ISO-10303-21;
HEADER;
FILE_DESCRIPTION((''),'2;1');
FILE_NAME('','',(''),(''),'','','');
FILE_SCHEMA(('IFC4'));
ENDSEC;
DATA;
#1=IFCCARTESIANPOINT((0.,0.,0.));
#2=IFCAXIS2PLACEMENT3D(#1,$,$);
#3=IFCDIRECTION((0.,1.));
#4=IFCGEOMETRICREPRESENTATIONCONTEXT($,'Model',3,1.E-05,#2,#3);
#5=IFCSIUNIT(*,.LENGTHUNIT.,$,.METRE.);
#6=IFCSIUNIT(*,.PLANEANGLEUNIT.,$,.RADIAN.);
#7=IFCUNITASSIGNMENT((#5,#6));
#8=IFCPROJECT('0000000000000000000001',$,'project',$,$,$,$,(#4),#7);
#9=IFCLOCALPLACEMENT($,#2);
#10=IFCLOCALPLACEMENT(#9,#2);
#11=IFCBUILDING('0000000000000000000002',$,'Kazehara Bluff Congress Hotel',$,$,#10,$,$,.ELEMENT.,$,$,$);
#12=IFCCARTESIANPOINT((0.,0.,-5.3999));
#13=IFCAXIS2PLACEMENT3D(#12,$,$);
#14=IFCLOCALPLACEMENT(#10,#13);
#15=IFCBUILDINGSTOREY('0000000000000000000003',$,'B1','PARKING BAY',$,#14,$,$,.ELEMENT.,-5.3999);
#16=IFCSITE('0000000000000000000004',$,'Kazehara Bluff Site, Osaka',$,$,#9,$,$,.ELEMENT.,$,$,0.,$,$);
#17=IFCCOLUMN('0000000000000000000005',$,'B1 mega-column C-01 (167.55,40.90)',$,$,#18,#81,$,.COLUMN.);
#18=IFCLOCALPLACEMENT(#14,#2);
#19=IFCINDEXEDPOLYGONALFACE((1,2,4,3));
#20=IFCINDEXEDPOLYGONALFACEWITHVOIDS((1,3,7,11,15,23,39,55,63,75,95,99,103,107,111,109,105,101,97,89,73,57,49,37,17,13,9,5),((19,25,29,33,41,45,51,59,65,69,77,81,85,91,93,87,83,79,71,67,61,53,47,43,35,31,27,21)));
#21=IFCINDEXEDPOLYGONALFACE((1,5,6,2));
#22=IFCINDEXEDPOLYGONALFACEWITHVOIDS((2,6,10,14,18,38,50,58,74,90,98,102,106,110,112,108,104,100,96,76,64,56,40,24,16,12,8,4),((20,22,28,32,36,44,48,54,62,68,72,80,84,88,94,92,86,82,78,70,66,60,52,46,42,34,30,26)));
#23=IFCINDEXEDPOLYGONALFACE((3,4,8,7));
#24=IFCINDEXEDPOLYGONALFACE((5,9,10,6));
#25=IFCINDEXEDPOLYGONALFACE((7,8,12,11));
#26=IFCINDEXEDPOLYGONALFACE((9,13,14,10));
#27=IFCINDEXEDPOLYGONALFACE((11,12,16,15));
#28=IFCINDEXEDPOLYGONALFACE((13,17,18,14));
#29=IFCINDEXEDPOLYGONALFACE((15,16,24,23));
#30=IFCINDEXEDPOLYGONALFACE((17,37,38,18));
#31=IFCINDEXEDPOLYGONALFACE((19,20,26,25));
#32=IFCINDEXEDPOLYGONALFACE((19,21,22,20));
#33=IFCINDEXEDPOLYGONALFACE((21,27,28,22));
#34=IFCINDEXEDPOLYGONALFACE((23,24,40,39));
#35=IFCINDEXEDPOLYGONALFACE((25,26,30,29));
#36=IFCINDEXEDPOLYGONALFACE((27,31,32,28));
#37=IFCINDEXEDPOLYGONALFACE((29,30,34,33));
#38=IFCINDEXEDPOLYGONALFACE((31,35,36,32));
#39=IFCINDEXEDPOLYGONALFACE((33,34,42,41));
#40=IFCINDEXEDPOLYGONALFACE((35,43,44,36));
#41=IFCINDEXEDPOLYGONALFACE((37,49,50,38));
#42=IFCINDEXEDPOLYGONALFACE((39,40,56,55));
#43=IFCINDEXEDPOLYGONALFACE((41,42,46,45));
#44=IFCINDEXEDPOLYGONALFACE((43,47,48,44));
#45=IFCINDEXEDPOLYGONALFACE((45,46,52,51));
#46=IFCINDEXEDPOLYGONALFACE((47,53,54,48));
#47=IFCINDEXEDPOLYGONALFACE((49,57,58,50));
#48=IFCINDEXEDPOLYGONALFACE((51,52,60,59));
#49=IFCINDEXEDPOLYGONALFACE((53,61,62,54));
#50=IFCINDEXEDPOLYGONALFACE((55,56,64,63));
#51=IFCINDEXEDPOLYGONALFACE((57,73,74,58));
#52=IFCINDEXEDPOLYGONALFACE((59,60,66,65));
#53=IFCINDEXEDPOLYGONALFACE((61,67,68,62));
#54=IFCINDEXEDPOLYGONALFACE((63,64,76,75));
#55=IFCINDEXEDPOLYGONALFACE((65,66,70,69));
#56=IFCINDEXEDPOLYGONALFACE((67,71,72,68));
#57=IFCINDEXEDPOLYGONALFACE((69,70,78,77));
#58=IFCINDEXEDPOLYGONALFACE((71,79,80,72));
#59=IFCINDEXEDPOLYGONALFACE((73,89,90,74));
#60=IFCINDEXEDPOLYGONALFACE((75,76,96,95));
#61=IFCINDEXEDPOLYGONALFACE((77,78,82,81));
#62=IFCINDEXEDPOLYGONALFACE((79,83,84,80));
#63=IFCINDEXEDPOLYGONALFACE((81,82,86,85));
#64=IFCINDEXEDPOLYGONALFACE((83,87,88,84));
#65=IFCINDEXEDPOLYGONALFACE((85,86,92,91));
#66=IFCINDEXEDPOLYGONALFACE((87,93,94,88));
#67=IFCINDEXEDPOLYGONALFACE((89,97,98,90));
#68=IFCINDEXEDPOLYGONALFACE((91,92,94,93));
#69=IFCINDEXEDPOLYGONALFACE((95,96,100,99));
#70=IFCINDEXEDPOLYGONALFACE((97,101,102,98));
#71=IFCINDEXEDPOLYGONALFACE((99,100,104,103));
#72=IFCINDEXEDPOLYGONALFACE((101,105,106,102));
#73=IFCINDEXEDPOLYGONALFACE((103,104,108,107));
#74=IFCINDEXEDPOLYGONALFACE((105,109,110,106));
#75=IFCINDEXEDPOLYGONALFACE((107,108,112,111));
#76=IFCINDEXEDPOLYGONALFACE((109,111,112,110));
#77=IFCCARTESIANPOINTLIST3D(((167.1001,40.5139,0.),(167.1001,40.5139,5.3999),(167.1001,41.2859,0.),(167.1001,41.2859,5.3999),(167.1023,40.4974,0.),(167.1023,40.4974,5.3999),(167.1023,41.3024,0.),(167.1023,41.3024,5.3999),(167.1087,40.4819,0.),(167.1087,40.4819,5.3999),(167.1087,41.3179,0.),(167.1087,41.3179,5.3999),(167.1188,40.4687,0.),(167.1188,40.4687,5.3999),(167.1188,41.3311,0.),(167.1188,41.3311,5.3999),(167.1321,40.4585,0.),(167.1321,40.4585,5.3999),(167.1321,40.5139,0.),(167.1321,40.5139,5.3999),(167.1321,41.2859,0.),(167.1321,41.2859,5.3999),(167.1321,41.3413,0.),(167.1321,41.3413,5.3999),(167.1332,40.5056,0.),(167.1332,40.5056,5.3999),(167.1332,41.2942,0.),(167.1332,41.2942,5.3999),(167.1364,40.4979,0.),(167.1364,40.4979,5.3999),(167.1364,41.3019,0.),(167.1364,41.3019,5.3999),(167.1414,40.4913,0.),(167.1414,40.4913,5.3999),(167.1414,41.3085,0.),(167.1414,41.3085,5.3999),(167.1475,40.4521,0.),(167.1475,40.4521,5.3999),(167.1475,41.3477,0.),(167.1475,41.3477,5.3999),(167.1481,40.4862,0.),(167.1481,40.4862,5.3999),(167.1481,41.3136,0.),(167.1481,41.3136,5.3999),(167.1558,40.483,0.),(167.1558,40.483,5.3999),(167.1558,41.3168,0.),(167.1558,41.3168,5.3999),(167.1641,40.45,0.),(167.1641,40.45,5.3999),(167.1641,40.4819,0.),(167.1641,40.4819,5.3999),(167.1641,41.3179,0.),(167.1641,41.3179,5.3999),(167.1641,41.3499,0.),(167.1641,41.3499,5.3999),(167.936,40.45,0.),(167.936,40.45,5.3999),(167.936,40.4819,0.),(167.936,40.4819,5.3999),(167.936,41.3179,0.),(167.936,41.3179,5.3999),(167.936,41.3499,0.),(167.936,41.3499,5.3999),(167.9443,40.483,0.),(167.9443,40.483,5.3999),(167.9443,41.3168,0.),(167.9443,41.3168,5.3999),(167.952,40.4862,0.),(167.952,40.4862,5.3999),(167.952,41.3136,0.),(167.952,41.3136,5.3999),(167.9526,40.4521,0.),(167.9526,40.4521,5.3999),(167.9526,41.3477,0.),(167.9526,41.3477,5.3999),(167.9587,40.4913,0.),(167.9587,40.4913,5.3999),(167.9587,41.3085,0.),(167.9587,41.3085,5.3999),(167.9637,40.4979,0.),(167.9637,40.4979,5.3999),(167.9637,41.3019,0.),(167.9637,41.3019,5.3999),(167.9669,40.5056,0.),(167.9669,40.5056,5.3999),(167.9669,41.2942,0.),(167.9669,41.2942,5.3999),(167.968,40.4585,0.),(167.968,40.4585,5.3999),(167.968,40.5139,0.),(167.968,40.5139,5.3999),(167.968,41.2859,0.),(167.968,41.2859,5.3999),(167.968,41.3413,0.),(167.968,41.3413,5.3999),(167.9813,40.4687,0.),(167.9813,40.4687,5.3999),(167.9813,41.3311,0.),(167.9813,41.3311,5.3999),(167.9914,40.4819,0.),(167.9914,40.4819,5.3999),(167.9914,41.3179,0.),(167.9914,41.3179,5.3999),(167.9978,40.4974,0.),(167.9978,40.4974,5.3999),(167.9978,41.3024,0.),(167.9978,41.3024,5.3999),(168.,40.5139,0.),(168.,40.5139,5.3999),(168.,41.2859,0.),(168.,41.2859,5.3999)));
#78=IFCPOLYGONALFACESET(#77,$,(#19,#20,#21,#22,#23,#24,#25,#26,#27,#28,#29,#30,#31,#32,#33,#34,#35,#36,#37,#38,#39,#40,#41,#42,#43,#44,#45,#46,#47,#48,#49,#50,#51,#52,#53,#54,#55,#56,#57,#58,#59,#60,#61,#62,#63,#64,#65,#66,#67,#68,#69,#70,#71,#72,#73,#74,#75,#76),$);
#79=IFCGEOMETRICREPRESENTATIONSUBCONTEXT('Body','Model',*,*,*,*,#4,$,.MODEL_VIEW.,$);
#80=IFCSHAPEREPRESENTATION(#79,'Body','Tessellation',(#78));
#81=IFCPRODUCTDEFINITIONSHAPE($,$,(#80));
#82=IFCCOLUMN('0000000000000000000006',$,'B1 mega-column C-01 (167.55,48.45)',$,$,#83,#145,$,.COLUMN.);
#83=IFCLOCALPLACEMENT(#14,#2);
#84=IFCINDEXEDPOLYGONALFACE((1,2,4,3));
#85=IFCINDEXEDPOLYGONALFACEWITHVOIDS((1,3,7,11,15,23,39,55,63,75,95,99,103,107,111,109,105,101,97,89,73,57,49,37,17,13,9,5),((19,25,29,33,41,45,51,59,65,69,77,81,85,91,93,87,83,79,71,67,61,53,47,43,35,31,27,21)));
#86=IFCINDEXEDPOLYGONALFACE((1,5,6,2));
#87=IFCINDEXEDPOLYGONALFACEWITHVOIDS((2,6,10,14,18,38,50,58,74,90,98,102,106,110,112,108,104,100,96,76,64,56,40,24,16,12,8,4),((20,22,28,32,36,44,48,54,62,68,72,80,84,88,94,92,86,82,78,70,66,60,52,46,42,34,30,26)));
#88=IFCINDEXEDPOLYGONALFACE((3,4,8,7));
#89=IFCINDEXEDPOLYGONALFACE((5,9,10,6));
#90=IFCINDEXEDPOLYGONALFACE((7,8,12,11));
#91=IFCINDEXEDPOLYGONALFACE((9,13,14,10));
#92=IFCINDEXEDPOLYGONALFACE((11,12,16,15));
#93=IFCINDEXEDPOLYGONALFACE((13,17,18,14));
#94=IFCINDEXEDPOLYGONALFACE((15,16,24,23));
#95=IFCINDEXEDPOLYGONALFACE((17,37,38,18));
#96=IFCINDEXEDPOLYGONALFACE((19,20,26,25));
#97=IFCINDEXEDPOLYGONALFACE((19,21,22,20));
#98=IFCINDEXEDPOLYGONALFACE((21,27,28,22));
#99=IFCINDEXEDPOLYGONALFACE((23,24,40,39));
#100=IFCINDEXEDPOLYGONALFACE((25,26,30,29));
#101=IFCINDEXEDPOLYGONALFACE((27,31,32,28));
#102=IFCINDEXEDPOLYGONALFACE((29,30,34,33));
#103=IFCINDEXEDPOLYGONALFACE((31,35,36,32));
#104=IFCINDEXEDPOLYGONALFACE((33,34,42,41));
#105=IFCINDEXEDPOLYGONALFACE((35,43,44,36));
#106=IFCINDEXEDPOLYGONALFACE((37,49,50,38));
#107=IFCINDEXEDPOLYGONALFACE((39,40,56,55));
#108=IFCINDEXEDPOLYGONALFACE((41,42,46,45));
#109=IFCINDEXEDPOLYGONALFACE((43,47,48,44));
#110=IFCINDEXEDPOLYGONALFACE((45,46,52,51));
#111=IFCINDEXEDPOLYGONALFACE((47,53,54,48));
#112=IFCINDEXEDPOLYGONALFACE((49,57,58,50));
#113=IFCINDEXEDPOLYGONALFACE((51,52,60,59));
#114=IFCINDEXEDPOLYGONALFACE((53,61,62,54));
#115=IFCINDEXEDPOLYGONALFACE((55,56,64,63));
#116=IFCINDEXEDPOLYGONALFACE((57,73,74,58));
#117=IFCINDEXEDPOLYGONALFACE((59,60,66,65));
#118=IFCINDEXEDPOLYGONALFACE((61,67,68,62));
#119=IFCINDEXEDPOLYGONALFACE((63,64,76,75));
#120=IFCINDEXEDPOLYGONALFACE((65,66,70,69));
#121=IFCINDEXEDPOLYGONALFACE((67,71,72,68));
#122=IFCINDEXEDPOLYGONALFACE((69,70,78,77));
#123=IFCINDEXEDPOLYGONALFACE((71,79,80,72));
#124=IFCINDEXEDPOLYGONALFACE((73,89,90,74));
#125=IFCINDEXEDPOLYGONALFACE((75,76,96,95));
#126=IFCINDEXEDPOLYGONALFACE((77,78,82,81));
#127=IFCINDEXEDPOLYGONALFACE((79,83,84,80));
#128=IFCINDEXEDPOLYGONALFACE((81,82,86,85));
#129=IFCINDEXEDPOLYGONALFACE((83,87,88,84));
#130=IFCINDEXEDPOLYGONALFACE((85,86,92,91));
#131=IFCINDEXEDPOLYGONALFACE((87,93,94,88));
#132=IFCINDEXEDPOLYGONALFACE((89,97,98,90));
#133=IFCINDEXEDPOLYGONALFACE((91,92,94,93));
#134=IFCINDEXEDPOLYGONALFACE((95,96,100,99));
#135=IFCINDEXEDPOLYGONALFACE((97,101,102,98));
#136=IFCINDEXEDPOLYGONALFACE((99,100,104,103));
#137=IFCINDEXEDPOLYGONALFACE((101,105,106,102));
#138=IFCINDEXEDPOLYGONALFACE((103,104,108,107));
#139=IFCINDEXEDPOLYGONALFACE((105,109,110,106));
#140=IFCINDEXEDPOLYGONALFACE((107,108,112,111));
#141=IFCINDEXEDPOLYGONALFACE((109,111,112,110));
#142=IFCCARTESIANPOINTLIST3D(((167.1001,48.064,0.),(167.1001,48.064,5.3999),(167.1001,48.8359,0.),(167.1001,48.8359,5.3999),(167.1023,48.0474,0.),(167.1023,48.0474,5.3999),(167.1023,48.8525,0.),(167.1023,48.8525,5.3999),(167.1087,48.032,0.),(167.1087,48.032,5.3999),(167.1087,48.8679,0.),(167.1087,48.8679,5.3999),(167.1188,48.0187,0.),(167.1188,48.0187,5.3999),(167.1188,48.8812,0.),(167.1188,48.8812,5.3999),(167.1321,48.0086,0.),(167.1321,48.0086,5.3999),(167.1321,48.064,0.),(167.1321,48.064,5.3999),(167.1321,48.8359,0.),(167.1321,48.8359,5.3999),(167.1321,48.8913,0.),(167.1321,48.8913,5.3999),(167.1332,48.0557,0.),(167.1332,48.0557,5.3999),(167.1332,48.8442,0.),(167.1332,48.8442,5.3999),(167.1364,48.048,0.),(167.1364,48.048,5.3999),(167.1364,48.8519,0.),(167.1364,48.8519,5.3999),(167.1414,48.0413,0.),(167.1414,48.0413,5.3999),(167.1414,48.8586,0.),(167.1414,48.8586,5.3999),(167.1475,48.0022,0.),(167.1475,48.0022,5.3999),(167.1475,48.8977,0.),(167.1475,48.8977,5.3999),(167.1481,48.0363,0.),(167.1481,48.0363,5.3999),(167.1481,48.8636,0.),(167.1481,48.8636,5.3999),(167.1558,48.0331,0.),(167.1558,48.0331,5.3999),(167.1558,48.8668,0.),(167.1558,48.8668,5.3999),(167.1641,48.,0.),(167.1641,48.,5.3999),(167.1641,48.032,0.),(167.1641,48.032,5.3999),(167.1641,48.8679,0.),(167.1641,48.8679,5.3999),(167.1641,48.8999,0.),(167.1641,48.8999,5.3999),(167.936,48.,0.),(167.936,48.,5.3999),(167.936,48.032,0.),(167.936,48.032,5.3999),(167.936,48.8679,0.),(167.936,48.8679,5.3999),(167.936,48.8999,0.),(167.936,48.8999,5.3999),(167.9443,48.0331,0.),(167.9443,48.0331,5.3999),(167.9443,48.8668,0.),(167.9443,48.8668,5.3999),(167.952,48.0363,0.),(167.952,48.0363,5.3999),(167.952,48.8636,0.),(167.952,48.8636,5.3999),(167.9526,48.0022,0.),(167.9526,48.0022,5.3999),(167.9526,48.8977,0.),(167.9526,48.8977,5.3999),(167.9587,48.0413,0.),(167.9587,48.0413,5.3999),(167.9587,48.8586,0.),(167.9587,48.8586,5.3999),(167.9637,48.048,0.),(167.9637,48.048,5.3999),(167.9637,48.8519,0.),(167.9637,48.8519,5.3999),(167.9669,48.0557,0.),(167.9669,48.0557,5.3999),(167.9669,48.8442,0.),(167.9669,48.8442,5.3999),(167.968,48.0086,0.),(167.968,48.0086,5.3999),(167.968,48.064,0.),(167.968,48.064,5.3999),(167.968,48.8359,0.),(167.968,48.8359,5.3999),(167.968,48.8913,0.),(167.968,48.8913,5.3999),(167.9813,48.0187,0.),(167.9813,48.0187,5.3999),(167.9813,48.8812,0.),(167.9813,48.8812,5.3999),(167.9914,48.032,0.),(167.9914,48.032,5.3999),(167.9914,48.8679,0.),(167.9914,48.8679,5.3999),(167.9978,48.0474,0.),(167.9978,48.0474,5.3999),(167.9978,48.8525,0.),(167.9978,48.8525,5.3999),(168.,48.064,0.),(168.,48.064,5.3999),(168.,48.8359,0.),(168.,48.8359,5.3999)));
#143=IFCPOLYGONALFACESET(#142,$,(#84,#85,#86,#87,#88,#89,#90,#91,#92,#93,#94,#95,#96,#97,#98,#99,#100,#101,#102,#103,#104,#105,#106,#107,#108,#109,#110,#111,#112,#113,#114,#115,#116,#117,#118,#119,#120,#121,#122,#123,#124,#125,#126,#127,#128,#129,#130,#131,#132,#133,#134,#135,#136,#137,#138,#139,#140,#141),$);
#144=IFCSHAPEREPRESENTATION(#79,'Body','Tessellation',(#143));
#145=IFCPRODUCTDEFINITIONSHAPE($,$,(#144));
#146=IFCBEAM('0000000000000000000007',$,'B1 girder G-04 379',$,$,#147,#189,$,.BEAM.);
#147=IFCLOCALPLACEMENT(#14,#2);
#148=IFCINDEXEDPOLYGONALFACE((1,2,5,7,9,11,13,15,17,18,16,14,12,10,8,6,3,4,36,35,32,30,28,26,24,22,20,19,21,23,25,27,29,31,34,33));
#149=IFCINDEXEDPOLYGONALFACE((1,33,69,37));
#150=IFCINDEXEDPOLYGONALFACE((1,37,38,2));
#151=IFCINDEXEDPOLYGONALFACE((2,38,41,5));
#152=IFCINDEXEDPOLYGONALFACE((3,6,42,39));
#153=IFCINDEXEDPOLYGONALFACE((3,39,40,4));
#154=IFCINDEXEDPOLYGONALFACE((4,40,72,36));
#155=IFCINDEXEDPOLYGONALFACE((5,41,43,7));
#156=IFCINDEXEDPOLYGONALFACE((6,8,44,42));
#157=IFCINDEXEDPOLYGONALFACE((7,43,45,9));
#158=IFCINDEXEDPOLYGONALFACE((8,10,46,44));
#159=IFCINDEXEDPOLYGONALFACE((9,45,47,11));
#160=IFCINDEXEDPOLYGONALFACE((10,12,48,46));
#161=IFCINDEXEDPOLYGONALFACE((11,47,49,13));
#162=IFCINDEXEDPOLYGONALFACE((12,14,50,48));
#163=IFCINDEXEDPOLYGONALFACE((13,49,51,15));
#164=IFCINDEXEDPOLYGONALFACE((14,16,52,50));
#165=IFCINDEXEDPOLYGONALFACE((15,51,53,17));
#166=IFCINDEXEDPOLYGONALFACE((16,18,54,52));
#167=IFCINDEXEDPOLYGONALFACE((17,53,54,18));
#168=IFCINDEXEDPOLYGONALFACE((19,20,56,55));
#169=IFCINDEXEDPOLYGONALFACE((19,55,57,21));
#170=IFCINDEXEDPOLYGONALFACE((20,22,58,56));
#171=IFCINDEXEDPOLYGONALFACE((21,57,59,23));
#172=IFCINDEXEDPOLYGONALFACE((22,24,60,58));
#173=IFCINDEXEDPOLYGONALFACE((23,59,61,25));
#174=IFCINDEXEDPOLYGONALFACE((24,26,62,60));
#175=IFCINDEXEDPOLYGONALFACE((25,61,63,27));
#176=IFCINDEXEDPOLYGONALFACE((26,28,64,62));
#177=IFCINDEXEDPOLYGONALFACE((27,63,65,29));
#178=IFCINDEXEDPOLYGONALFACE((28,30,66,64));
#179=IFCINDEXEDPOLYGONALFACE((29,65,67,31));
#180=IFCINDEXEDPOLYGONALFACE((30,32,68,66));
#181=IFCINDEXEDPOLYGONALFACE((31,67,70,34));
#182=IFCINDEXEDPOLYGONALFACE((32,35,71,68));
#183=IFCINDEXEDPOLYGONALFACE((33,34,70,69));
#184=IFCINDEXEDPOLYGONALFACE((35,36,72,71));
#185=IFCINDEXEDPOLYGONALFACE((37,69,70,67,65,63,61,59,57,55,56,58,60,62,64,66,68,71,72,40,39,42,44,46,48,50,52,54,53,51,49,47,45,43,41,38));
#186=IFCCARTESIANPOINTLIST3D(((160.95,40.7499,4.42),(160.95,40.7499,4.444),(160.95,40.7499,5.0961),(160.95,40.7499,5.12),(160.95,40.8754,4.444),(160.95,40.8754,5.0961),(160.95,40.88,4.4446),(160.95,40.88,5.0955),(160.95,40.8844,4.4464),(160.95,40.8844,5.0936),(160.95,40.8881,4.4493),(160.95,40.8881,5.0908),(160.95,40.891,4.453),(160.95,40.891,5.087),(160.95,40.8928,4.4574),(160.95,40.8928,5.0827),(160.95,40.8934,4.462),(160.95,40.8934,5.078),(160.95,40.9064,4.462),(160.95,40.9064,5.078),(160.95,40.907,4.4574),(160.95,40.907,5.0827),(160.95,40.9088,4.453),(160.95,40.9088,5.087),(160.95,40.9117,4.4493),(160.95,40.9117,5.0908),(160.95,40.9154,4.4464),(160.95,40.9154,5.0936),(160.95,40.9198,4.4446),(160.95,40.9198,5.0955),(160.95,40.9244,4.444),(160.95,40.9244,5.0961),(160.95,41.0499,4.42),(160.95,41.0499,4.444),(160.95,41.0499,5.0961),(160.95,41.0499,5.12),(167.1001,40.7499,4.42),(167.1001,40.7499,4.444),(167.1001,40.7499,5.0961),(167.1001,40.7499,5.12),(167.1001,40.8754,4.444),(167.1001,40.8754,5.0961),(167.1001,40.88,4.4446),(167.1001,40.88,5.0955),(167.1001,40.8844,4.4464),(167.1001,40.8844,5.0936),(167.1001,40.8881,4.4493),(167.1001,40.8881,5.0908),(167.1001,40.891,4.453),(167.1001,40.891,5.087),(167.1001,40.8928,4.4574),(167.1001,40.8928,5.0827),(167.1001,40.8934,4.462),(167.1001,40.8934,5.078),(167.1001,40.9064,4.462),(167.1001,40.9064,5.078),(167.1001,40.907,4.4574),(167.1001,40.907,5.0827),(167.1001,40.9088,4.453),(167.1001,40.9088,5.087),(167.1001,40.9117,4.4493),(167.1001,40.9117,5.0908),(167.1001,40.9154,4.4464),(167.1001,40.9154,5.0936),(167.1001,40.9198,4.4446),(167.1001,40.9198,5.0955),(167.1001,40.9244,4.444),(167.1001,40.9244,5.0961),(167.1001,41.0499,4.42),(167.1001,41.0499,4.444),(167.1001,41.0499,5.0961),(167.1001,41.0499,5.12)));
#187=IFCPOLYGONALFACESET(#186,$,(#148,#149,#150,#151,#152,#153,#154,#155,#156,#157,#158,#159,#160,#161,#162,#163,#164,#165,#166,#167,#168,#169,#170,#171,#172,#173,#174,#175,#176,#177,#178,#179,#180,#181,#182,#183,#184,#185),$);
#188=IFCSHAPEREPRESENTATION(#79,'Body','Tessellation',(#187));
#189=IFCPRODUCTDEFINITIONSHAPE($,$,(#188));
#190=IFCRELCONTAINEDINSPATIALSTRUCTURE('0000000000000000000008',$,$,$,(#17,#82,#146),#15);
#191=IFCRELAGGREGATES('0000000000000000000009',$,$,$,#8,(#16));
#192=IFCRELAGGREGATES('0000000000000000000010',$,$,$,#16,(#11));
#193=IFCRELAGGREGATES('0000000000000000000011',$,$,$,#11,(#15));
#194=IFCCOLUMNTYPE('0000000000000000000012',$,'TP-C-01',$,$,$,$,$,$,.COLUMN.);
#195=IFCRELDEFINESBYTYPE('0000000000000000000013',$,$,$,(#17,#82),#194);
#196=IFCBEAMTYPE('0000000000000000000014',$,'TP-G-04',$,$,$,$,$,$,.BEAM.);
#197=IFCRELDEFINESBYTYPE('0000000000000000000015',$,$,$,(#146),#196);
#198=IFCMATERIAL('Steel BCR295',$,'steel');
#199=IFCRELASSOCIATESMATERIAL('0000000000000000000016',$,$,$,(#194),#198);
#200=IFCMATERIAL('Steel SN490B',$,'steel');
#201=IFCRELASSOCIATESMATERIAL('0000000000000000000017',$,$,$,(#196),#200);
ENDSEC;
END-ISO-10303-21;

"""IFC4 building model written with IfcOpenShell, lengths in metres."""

from ifc_helpers import new_model, si_unit, direction, frame, origin, origin_2d, place, context, subcontext, project, spatial, hollow_rectangle, i_section, extrude, material, material_profile, profile_set, type_object, element, save


model = new_model("IFC4")

# Units and contexts
model_context = context("Model", 3, precision=1e-05, world=origin(), true_north=direction((0.0, 1.0)))
body_context = subcontext(model_context, "Body", "Model", "MODEL_VIEW")
ifc_project = project(units=[si_unit("LENGTHUNIT", "METRE"), si_unit("PLANEANGLEUNIT", "RADIAN")], contexts=[model_context])

# Site, building, storey
site_placement = place(None, origin())
site = spatial("IfcSite", under=ifc_project, at=site_placement, Name="Kazehara Bluff Site, Osaka", CompositionType="ELEMENT", RefElevation=0.0)
building_placement = place(site_placement, origin())
building = spatial("IfcBuilding", under=site, at=building_placement, Name="Kazehara Bluff Congress Hotel", CompositionType="ELEMENT")
storey_placement = place(building_placement, frame((0.0, 0.0, -5.3999)))
storey = spatial("IfcBuildingStorey", under=building, at=storey_placement, Name="B1", Description="PARKING BAY", CompositionType="ELEMENT", Elevation=-5.3999)

# Columns
ifc_material_1 = material(Name="Steel BCR295", Category="steel")
ifc_material_profile_1 = material_profile(ifc_material_1, hollow_rectangle(XDim=0.8999, YDim=0.8999, WallThickness=0.032, InnerFilletRadius=0.032, OuterFilletRadius=0.064, at=origin_2d()))
ifc_profile_set_1 = profile_set([ifc_material_profile_1], Name="Steel BCR295")
column_type = type_object("IfcColumnType", Name="TP-C-01", PredefinedType="COLUMN", material=ifc_profile_set_1)
for number, where, z_axis, x_axis, name in (
    (1, (167.55, 40.8999, 0.0), (0.0, 0.0, 1.0), (1.0, 0.0, 0.0), "B1 mega-column C-01 (167.55,40.90)"),
    (2, (167.55, 48.45, 0.0), (0.0, 0.0, 1.0), (1.0, 0.0, 0.0), "B1 mega-column C-01 (167.55,48.45)"),
):
    element("IfcColumn", number, at=place(storey_placement, frame(where, z_axis=z_axis, x_axis=x_axis)), inside=storey, type_object=column_type, Name=name, PredefinedType="COLUMN", context=body_context, shape_type="SweptSolid", body=[
        extrude(hollow_rectangle(XDim=0.8999, YDim=0.8999, WallThickness=0.032, InnerFilletRadius=0.032, OuterFilletRadius=0.064, at=origin_2d()), origin(), (0.0, 0.0, 1.0), 5.3999),
    ])

# Beam
ifc_material_2 = material(Name="Steel SN490B", Category="steel")
ifc_material_profile_2 = material_profile(ifc_material_2, i_section(OverallWidth=0.3, OverallDepth=0.7, WebThickness=0.0129, FlangeThickness=0.0239, FilletRadius=0.0181, at=origin_2d()))
ifc_profile_set_2 = profile_set([ifc_material_profile_2], Name="Steel SN490B")
beam_type_1 = type_object("IfcBeamType", Name="TP-G-04", PredefinedType="BEAM", material=ifc_profile_set_2)
for number, where, z_axis, x_axis, name in (
    (3, (160.95, 40.8999, 4.77), (1.0, 0.0, 0.0), (0.0, 1.0, 0.0), "B1 girder G-04 379"),
):
    element("IfcBeam", number, at=place(storey_placement, frame(where, z_axis=z_axis, x_axis=x_axis)), inside=storey, type_object=beam_type_1, Name=name, PredefinedType="BEAM", context=body_context, shape_type="SweptSolid", body=[
        extrude(i_section(OverallWidth=0.3, OverallDepth=0.7, WebThickness=0.0129, FlangeThickness=0.0239, FilletRadius=0.0181, at=origin_2d()), origin(), (0.0, 0.0, 1.0), 6.1501),
    ])

save(model, "model.ifc")
